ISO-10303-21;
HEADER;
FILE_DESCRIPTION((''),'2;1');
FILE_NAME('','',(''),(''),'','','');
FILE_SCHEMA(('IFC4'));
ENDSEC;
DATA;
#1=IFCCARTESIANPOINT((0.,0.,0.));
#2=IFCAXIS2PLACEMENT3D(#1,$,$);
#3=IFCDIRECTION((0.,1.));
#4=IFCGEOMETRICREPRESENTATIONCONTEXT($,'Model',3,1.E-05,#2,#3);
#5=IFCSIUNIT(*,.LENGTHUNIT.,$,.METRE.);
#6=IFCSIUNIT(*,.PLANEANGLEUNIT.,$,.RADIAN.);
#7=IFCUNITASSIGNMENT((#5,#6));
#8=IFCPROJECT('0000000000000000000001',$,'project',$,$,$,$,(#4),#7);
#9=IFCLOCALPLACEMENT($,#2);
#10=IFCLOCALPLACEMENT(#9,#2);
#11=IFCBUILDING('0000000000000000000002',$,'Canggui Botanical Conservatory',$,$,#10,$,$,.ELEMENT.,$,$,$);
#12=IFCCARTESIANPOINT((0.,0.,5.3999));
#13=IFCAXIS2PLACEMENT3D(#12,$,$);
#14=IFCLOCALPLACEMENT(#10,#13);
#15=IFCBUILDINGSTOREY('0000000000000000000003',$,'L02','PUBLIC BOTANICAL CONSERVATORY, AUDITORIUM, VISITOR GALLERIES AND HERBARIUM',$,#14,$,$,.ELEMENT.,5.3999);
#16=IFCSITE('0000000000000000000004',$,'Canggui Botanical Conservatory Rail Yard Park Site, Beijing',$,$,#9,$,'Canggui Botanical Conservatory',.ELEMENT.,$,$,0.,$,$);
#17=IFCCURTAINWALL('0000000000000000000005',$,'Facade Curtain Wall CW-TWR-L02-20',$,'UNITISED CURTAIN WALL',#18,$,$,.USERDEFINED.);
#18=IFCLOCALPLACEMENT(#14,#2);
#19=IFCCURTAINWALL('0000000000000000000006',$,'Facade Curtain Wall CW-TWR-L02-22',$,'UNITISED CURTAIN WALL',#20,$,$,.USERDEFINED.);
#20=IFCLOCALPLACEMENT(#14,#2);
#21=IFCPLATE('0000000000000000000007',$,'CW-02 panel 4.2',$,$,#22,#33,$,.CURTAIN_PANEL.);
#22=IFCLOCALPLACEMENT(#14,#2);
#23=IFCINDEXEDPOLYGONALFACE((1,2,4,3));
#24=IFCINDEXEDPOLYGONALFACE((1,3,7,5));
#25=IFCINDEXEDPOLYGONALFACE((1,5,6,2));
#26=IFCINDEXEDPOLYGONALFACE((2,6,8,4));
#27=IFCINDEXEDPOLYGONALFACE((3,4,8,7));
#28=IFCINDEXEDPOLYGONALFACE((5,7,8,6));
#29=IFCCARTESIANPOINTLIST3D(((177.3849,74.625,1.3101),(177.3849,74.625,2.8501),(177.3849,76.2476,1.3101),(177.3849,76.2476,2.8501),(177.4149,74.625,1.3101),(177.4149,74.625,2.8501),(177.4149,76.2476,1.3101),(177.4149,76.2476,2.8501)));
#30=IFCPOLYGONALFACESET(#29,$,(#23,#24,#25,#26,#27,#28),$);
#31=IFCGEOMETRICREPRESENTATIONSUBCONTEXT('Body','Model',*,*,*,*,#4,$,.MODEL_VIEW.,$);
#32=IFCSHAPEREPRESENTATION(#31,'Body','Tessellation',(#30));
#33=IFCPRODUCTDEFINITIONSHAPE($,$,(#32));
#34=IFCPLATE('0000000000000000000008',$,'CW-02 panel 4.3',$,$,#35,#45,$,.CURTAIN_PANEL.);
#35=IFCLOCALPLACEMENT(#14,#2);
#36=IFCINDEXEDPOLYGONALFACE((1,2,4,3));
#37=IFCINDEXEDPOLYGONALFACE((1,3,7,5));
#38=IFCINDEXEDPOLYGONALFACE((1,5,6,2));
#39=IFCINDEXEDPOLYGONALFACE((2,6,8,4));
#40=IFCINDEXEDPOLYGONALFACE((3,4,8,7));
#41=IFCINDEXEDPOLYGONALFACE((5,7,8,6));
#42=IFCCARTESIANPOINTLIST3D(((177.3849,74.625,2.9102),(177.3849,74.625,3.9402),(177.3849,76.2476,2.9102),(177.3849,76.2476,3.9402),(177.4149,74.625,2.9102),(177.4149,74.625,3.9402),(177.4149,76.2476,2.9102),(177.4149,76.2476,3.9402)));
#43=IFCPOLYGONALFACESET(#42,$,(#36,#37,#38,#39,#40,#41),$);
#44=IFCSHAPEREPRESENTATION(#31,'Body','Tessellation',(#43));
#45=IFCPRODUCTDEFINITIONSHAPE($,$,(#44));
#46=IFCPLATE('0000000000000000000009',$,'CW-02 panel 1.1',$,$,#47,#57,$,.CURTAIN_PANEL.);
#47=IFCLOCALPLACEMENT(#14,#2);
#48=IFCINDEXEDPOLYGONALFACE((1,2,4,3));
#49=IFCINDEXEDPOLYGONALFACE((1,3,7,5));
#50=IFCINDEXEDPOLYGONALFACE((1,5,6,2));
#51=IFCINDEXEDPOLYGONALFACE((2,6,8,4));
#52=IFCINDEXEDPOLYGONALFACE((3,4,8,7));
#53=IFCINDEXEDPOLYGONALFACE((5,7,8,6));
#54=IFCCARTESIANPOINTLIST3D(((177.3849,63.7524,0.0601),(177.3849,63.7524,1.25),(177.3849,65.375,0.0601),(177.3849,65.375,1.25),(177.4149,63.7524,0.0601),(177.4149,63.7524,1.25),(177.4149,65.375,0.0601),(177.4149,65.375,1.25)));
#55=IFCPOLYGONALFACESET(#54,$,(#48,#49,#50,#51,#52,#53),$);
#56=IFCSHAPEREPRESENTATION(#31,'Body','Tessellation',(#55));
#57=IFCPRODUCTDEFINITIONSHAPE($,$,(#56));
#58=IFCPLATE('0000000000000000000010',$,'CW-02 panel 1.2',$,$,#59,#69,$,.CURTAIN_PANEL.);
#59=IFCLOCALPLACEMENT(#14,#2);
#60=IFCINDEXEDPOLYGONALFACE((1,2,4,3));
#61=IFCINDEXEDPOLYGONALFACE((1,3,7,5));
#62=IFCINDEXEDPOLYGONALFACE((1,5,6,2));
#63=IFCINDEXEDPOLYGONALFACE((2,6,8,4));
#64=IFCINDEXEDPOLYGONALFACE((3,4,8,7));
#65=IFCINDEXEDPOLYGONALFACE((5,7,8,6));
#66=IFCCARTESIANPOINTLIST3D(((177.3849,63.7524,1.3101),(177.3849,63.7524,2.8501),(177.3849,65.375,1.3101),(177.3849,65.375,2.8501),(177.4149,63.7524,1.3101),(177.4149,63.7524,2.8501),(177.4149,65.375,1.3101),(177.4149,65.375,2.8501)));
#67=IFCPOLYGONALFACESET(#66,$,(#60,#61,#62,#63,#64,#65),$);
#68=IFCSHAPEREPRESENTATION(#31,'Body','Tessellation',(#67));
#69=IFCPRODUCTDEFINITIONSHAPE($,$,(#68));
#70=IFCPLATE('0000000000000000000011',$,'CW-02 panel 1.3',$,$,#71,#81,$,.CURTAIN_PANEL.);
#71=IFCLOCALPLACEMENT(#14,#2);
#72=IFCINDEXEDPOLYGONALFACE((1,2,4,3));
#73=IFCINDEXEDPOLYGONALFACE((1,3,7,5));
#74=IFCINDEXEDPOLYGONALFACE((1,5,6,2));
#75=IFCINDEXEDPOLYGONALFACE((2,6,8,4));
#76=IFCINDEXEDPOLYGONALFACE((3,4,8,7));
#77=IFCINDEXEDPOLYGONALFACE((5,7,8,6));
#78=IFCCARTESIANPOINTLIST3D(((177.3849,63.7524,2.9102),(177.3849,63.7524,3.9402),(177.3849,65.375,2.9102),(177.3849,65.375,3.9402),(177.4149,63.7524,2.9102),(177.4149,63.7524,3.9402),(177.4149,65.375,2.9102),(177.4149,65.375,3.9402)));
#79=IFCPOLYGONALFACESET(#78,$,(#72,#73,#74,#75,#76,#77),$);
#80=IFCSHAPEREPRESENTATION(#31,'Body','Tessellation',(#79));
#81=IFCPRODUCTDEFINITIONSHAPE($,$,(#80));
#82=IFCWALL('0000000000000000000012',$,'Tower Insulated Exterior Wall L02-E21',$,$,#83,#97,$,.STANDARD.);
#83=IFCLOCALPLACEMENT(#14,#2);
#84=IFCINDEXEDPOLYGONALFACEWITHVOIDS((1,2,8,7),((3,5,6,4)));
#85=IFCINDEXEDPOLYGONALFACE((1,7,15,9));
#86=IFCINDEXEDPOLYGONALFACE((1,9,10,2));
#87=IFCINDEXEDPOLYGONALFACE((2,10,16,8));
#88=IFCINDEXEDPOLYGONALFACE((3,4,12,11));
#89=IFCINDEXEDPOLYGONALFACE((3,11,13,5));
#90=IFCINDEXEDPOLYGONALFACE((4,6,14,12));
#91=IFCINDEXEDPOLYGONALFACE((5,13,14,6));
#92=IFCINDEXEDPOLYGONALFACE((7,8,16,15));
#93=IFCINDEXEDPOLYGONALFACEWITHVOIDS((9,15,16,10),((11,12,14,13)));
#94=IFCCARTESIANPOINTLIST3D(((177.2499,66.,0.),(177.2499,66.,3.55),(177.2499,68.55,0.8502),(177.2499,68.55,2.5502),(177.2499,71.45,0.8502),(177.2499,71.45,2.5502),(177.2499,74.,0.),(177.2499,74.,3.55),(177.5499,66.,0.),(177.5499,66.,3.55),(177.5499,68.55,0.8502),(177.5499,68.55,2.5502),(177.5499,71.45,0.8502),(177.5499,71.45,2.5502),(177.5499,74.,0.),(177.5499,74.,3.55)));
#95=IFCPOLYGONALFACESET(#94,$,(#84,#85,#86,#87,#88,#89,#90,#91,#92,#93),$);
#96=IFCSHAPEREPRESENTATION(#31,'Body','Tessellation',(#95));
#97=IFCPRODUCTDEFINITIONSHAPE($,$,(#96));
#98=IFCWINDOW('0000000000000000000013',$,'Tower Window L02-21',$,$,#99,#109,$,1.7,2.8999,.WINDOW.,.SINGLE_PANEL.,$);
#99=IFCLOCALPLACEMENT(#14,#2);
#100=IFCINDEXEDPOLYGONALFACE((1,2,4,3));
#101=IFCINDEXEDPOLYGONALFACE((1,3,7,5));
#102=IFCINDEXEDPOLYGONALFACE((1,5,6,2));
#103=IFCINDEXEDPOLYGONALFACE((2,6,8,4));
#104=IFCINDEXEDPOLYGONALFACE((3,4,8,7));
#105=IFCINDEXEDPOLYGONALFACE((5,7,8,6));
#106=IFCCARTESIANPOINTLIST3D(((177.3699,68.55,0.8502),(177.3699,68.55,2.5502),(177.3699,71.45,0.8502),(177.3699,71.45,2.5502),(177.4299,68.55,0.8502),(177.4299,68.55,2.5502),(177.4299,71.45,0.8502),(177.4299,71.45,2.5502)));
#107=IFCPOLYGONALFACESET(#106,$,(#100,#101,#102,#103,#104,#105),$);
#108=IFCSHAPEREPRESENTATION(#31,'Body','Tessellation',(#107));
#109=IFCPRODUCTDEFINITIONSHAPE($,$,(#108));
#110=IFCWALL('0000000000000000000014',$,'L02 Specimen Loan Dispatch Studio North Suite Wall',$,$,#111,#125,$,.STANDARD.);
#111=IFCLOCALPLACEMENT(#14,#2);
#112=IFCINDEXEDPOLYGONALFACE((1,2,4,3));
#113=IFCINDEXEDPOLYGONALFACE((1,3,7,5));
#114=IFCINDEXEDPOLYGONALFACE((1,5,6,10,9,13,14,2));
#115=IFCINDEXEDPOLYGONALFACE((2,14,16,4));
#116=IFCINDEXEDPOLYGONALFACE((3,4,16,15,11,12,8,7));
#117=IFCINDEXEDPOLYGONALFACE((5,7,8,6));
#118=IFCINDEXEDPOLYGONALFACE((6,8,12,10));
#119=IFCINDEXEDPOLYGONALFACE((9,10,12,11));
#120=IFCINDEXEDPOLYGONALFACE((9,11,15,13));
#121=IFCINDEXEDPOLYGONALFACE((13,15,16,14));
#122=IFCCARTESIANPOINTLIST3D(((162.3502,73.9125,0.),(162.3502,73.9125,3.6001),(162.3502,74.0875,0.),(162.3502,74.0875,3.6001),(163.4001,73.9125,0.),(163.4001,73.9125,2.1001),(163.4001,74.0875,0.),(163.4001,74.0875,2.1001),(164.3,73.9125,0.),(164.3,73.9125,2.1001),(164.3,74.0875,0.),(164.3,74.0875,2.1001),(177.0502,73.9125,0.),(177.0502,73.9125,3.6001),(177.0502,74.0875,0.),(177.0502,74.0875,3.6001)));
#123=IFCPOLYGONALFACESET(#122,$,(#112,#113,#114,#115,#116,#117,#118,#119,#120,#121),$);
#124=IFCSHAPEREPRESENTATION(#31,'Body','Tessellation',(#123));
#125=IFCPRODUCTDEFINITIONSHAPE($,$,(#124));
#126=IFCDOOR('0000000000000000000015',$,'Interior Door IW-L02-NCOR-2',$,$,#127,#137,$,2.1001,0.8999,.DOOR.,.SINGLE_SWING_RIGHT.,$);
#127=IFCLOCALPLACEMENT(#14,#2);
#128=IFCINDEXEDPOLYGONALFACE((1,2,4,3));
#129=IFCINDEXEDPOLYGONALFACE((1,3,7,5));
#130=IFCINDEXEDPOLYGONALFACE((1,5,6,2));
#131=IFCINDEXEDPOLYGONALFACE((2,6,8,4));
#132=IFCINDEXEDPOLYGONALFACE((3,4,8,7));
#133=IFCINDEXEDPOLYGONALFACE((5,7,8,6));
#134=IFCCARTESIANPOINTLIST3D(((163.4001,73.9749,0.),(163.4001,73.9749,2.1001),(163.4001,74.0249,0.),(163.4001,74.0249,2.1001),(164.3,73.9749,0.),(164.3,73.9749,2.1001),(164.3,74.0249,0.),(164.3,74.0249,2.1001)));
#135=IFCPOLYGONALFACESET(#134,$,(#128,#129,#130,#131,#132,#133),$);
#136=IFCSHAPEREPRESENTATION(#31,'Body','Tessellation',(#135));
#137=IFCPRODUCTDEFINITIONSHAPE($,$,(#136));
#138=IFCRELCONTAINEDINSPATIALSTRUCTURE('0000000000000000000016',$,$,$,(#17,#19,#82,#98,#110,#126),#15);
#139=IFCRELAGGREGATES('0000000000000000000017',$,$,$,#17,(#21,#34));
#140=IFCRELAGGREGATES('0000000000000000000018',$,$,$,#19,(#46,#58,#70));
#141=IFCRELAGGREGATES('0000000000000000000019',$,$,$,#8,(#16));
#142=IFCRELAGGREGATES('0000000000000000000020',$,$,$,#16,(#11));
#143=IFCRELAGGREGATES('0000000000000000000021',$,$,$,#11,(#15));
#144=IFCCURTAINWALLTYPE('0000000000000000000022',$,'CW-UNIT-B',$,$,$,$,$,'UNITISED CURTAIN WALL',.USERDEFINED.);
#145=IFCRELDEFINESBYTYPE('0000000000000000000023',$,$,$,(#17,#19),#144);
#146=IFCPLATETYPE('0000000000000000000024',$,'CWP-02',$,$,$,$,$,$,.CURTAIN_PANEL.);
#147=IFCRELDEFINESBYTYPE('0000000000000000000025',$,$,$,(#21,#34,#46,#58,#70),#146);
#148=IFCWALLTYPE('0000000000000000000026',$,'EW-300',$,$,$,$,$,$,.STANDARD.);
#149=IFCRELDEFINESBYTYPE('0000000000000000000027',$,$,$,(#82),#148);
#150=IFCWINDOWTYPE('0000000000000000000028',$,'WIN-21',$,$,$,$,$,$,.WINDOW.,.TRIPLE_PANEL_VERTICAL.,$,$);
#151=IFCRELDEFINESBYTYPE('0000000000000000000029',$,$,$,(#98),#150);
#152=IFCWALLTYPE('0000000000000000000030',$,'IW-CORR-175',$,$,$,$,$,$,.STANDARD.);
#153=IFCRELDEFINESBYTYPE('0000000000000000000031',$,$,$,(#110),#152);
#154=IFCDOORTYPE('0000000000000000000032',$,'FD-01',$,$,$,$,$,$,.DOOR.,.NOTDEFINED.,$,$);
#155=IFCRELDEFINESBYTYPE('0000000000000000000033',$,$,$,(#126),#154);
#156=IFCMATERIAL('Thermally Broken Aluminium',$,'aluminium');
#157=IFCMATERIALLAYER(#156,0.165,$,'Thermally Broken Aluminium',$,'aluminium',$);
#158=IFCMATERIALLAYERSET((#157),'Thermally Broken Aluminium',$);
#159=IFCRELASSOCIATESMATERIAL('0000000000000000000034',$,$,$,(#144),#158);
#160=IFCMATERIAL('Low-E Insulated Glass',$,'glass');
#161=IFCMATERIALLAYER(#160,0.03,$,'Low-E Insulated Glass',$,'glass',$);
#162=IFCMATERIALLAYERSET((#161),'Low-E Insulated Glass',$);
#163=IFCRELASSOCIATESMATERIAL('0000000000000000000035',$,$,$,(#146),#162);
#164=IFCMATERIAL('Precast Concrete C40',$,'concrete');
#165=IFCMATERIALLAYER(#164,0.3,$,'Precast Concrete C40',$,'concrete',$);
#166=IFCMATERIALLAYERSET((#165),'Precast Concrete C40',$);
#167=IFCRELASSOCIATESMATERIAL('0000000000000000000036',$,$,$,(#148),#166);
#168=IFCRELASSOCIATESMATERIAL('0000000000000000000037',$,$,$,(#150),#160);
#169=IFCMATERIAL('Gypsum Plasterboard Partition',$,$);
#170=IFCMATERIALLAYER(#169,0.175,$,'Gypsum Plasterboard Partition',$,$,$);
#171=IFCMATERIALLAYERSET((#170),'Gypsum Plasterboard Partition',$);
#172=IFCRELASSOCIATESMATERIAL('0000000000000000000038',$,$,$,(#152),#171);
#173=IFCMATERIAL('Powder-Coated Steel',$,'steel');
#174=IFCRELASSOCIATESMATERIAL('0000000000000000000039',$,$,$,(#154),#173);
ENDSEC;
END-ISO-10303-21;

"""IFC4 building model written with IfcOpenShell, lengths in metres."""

from ifc_helpers import new_model, si_unit, direction, frame, frame_2d, origin, origin_2d, place, context, subcontext, project, spatial, rectangle, extrude, material, layer, layer_set, type_object, element, fill, aggregate, save


model = new_model("IFC4")

# Units and contexts
model_context = context("Model", 3, precision=1e-05, world=origin(), true_north=direction((0.0, 1.0)))
body_context = subcontext(model_context, "Body", "Model", "MODEL_VIEW")
ifc_project = project(units=[si_unit("LENGTHUNIT", "METRE"), si_unit("PLANEANGLEUNIT", "RADIAN")], contexts=[model_context])

# Site, building, storey
site_placement = place(None, origin())
site = spatial("IfcSite", under=ifc_project, at=site_placement, Name="Canggui Botanical Conservatory Rail Yard Park Site, Beijing", LongName="Canggui Botanical Conservatory", CompositionType="ELEMENT", RefElevation=0.0)
building_placement = place(site_placement, origin())
building = spatial("IfcBuilding", under=site, at=building_placement, Name="Canggui Botanical Conservatory", CompositionType="ELEMENT")
storey_placement = place(building_placement, frame((0.0, 0.0, 5.3999)))
storey = spatial("IfcBuildingStorey", under=building, at=storey_placement, Name="L02", Description="PUBLIC BOTANICAL CONSERVATORY, AUDITORIUM, VISITOR GALLERIES AND HERBARIUM", CompositionType="ELEMENT", Elevation=5.3999)

# Curtain wall
ifc_material_1 = material(Name="Thermally Broken Aluminium", Category="aluminium")
ifc_layer_1 = layer(ifc_material_1, 0.165, Name="Thermally Broken Aluminium", Category="aluminium")
ifc_layer_set_1 = layer_set([ifc_layer_1], Name="Thermally Broken Aluminium")
curtain_wall_type = type_object("IfcCurtainWallType", Name="CW-UNIT-B", ElementType="UNITISED CURTAIN WALL", PredefinedType="USERDEFINED", material=ifc_layer_set_1)
curtain_wall_1_placement = place(storey_placement, origin())
curtain_wall_1 = element("IfcCurtainWall", 1, at=curtain_wall_1_placement, inside=storey, type_object=curtain_wall_type, Name="Facade Curtain Wall CW-TWR-L02-20", ObjectType="UNITISED CURTAIN WALL", PredefinedType="USERDEFINED")

# Curtain wall
curtain_wall_2_placement = place(storey_placement, origin())
curtain_wall_2 = element("IfcCurtainWall", 2, at=curtain_wall_2_placement, inside=storey, type_object=curtain_wall_type, Name="Facade Curtain Wall CW-TWR-L02-22", ObjectType="UNITISED CURTAIN WALL", PredefinedType="USERDEFINED")

# Plates
ifc_material_2 = material(Name="Low-E Insulated Glass", Category="glass")
ifc_layer_2 = layer(ifc_material_2, 0.03, Name="Low-E Insulated Glass", Category="glass")
ifc_layer_set_2 = layer_set([ifc_layer_2], Name="Low-E Insulated Glass")
plate_type = type_object("IfcPlateType", Name="CWP-02", PredefinedType="CURTAIN_PANEL", material=ifc_layer_set_2)
plate_1_placement = place(storey_placement, frame((177.3999, 75.4363, 1.3101), z_axis=(0.0, 0.0, 1.0), x_axis=(0.0, -1.0, 0.0)))
plate_1 = element("IfcPlate", 3, at=plate_1_placement, type_object=plate_type, Name="CW-02 panel 4.2", PredefinedType="CURTAIN_PANEL", context=body_context, shape_type="SweptSolid", body=[
    extrude(rectangle(XDim=1.6226, YDim=0.03, at=origin_2d()), origin(), (0.0, 0.0, 1.0), 1.54),
])
plate_2_placement = place(storey_placement, frame((177.3999, 75.4363, 2.9102), z_axis=(0.0, 0.0, 1.0), x_axis=(0.0, -1.0, 0.0)))
plate_2 = element("IfcPlate", 4, at=plate_2_placement, type_object=plate_type, Name="CW-02 panel 4.3", PredefinedType="CURTAIN_PANEL", context=body_context, shape_type="SweptSolid", body=[
    extrude(rectangle(XDim=1.6226, YDim=0.03, at=origin_2d()), origin(), (0.0, 0.0, 1.0), 1.03),
])
aggregate(curtain_wall_1, [plate_1, plate_2])
plate_3_placement = place(storey_placement, frame((177.3999, 64.5637, 0.0601), z_axis=(0.0, 0.0, 1.0), x_axis=(0.0, -1.0, 0.0)))
plate_3 = element("IfcPlate", 5, at=plate_3_placement, type_object=plate_type, Name="CW-02 panel 1.1", PredefinedType="CURTAIN_PANEL", context=body_context, shape_type="SweptSolid", body=[
    extrude(rectangle(XDim=1.6226, YDim=0.03, at=origin_2d()), origin(), (0.0, 0.0, 1.0), 1.1899),
])
plate_4_placement = place(storey_placement, frame((177.3999, 64.5637, 1.3101), z_axis=(0.0, 0.0, 1.0), x_axis=(0.0, -1.0, 0.0)))
plate_4 = element("IfcPlate", 6, at=plate_4_placement, type_object=plate_type, Name="CW-02 panel 1.2", PredefinedType="CURTAIN_PANEL", context=body_context, shape_type="SweptSolid", body=[
    extrude(rectangle(XDim=1.6226, YDim=0.03, at=origin_2d()), origin(), (0.0, 0.0, 1.0), 1.54),
])
plate_5_placement = place(storey_placement, frame((177.3999, 64.5637, 2.9102), z_axis=(0.0, 0.0, 1.0), x_axis=(0.0, -1.0, 0.0)))
plate_5 = element("IfcPlate", 7, at=plate_5_placement, type_object=plate_type, Name="CW-02 panel 1.3", PredefinedType="CURTAIN_PANEL", context=body_context, shape_type="SweptSolid", body=[
    extrude(rectangle(XDim=1.6226, YDim=0.03, at=origin_2d()), origin(), (0.0, 0.0, 1.0), 1.03),
])
aggregate(curtain_wall_2, [plate_3, plate_4, plate_5])

# Wall, opening, window
ifc_material_3 = material(Name="Precast Concrete C40", Category="concrete")
ifc_layer_3 = layer(ifc_material_3, 0.3, Name="Precast Concrete C40", Category="concrete")
ifc_layer_set_3 = layer_set([ifc_layer_3], Name="Precast Concrete C40")
wall_type_1 = type_object("IfcWallType", Name="EW-300", PredefinedType="STANDARD", material=ifc_layer_set_3)
wall_1_placement = place(storey_placement, frame((177.3999, 74.0, 0.0), z_axis=(0.0, 0.0, 1.0), x_axis=(0.0, -1.0, 0.0)))
wall_1 = element("IfcWall", 8, at=wall_1_placement, inside=storey, type_object=wall_type_1, Name="Tower Insulated Exterior Wall L02-E21", PredefinedType="STANDARD", context=body_context, shape_type="SweptSolid", body=[
    extrude(rectangle(XDim=8.0, YDim=0.3, at=frame_2d((4.0, 0.0))), origin(), (0.0, 0.0, 1.0), 3.55),
])
opening_1_placement = place(wall_1_placement, frame((2.55, 0.0, 0.8501)))
opening_1 = element("IfcOpeningElement", 9, at=opening_1_placement, cuts=wall_1, PredefinedType="OPENING", context=body_context, shape_type="SweptSolid", body=[
    extrude(rectangle(XDim=2.8999, YDim=1.7, at=frame_2d((1.45, 0.8501))), frame((0.0, 0.1602, 0.0), z_axis=(0.0, -1.0, 0.0), x_axis=(1.0, 0.0, 0.0)), (0.0, 0.0, 1.0), 0.3201),
])
window_type = type_object("IfcWindowType", Name="WIN-21", PartitioningType="TRIPLE_PANEL_VERTICAL", PredefinedType="WINDOW", material=ifc_material_2)
window_placement = place(opening_1_placement, origin())
window = element("IfcWindow", 10, at=window_placement, inside=storey, type_object=window_type, Name="Tower Window L02-21", OverallHeight=1.7, OverallWidth=2.8999, PartitioningType="SINGLE_PANEL", PredefinedType="WINDOW", context=body_context, shape_type="SweptSolid", body=[
    extrude(rectangle(XDim=2.8999, YDim=1.7, at=frame_2d((1.45, 0.8501))), frame((0.0, 0.03, 0.0), z_axis=(0.0, -1.0, 0.0), x_axis=(1.0, 0.0, 0.0)), (0.0, 0.0, 1.0), 0.0601),
])
fill(opening_1, window)

# Wall, opening, door
ifc_material_4 = material(Name="Gypsum Plasterboard Partition")
ifc_layer_4 = layer(ifc_material_4, 0.175, Name="Gypsum Plasterboard Partition")
ifc_layer_set_4 = layer_set([ifc_layer_4], Name="Gypsum Plasterboard Partition")
wall_type_2 = type_object("IfcWallType", Name="IW-CORR-175", PredefinedType="STANDARD", material=ifc_layer_set_4)
wall_2_placement = place(storey_placement, frame((162.3501, 74.0, 0.0), z_axis=(0.0, 0.0, 1.0), x_axis=(1.0, 0.0, 0.0)))
wall_2 = element("IfcWall", 11, at=wall_2_placement, inside=storey, type_object=wall_type_2, Name="L02 Specimen Loan Dispatch Studio North Suite Wall", PredefinedType="STANDARD", context=body_context, shape_type="SweptSolid", body=[
    extrude(rectangle(XDim=14.7, YDim=0.175, at=frame_2d((7.3501, 0.0))), origin(), (0.0, 0.0, 1.0), 3.6001),
])
opening_2_placement = place(wall_2_placement, frame((1.05, 0.0, 0.0)))
opening_2 = element("IfcOpeningElement", 12, at=opening_2_placement, cuts=wall_2, PredefinedType="OPENING", context=body_context, shape_type="SweptSolid", body=[
    extrude(rectangle(XDim=0.8999, YDim=2.1001, at=frame_2d((0.45, 1.05))), frame((0.0, 0.0977, 0.0), z_axis=(0.0, -1.0, 0.0), x_axis=(1.0, 0.0, 0.0)), (0.0, 0.0, 1.0), 0.1951),
])
ifc_material_5 = material(Name="Powder-Coated Steel", Category="steel")
door_type = type_object("IfcDoorType", Name="FD-01", OperationType="NOTDEFINED", PredefinedType="DOOR", material=ifc_material_5)
door_placement = place(opening_2_placement, origin())
door = element("IfcDoor", 13, at=door_placement, inside=storey, type_object=door_type, Name="Interior Door IW-L02-NCOR-2", OperationType="SINGLE_SWING_RIGHT", OverallHeight=2.1001, OverallWidth=0.8999, PredefinedType="DOOR", context=body_context, shape_type="SweptSolid", body=[
    extrude(rectangle(XDim=0.8999, YDim=2.1001, at=frame_2d((0.45, 1.05))), frame((0.0, 0.0249, 0.0), z_axis=(0.0, -1.0, 0.0), x_axis=(1.0, 0.0, 0.0)), (0.0, 0.0, 1.0), 0.05),
])
fill(opening_2, door)

save(model, "model.ifc")
